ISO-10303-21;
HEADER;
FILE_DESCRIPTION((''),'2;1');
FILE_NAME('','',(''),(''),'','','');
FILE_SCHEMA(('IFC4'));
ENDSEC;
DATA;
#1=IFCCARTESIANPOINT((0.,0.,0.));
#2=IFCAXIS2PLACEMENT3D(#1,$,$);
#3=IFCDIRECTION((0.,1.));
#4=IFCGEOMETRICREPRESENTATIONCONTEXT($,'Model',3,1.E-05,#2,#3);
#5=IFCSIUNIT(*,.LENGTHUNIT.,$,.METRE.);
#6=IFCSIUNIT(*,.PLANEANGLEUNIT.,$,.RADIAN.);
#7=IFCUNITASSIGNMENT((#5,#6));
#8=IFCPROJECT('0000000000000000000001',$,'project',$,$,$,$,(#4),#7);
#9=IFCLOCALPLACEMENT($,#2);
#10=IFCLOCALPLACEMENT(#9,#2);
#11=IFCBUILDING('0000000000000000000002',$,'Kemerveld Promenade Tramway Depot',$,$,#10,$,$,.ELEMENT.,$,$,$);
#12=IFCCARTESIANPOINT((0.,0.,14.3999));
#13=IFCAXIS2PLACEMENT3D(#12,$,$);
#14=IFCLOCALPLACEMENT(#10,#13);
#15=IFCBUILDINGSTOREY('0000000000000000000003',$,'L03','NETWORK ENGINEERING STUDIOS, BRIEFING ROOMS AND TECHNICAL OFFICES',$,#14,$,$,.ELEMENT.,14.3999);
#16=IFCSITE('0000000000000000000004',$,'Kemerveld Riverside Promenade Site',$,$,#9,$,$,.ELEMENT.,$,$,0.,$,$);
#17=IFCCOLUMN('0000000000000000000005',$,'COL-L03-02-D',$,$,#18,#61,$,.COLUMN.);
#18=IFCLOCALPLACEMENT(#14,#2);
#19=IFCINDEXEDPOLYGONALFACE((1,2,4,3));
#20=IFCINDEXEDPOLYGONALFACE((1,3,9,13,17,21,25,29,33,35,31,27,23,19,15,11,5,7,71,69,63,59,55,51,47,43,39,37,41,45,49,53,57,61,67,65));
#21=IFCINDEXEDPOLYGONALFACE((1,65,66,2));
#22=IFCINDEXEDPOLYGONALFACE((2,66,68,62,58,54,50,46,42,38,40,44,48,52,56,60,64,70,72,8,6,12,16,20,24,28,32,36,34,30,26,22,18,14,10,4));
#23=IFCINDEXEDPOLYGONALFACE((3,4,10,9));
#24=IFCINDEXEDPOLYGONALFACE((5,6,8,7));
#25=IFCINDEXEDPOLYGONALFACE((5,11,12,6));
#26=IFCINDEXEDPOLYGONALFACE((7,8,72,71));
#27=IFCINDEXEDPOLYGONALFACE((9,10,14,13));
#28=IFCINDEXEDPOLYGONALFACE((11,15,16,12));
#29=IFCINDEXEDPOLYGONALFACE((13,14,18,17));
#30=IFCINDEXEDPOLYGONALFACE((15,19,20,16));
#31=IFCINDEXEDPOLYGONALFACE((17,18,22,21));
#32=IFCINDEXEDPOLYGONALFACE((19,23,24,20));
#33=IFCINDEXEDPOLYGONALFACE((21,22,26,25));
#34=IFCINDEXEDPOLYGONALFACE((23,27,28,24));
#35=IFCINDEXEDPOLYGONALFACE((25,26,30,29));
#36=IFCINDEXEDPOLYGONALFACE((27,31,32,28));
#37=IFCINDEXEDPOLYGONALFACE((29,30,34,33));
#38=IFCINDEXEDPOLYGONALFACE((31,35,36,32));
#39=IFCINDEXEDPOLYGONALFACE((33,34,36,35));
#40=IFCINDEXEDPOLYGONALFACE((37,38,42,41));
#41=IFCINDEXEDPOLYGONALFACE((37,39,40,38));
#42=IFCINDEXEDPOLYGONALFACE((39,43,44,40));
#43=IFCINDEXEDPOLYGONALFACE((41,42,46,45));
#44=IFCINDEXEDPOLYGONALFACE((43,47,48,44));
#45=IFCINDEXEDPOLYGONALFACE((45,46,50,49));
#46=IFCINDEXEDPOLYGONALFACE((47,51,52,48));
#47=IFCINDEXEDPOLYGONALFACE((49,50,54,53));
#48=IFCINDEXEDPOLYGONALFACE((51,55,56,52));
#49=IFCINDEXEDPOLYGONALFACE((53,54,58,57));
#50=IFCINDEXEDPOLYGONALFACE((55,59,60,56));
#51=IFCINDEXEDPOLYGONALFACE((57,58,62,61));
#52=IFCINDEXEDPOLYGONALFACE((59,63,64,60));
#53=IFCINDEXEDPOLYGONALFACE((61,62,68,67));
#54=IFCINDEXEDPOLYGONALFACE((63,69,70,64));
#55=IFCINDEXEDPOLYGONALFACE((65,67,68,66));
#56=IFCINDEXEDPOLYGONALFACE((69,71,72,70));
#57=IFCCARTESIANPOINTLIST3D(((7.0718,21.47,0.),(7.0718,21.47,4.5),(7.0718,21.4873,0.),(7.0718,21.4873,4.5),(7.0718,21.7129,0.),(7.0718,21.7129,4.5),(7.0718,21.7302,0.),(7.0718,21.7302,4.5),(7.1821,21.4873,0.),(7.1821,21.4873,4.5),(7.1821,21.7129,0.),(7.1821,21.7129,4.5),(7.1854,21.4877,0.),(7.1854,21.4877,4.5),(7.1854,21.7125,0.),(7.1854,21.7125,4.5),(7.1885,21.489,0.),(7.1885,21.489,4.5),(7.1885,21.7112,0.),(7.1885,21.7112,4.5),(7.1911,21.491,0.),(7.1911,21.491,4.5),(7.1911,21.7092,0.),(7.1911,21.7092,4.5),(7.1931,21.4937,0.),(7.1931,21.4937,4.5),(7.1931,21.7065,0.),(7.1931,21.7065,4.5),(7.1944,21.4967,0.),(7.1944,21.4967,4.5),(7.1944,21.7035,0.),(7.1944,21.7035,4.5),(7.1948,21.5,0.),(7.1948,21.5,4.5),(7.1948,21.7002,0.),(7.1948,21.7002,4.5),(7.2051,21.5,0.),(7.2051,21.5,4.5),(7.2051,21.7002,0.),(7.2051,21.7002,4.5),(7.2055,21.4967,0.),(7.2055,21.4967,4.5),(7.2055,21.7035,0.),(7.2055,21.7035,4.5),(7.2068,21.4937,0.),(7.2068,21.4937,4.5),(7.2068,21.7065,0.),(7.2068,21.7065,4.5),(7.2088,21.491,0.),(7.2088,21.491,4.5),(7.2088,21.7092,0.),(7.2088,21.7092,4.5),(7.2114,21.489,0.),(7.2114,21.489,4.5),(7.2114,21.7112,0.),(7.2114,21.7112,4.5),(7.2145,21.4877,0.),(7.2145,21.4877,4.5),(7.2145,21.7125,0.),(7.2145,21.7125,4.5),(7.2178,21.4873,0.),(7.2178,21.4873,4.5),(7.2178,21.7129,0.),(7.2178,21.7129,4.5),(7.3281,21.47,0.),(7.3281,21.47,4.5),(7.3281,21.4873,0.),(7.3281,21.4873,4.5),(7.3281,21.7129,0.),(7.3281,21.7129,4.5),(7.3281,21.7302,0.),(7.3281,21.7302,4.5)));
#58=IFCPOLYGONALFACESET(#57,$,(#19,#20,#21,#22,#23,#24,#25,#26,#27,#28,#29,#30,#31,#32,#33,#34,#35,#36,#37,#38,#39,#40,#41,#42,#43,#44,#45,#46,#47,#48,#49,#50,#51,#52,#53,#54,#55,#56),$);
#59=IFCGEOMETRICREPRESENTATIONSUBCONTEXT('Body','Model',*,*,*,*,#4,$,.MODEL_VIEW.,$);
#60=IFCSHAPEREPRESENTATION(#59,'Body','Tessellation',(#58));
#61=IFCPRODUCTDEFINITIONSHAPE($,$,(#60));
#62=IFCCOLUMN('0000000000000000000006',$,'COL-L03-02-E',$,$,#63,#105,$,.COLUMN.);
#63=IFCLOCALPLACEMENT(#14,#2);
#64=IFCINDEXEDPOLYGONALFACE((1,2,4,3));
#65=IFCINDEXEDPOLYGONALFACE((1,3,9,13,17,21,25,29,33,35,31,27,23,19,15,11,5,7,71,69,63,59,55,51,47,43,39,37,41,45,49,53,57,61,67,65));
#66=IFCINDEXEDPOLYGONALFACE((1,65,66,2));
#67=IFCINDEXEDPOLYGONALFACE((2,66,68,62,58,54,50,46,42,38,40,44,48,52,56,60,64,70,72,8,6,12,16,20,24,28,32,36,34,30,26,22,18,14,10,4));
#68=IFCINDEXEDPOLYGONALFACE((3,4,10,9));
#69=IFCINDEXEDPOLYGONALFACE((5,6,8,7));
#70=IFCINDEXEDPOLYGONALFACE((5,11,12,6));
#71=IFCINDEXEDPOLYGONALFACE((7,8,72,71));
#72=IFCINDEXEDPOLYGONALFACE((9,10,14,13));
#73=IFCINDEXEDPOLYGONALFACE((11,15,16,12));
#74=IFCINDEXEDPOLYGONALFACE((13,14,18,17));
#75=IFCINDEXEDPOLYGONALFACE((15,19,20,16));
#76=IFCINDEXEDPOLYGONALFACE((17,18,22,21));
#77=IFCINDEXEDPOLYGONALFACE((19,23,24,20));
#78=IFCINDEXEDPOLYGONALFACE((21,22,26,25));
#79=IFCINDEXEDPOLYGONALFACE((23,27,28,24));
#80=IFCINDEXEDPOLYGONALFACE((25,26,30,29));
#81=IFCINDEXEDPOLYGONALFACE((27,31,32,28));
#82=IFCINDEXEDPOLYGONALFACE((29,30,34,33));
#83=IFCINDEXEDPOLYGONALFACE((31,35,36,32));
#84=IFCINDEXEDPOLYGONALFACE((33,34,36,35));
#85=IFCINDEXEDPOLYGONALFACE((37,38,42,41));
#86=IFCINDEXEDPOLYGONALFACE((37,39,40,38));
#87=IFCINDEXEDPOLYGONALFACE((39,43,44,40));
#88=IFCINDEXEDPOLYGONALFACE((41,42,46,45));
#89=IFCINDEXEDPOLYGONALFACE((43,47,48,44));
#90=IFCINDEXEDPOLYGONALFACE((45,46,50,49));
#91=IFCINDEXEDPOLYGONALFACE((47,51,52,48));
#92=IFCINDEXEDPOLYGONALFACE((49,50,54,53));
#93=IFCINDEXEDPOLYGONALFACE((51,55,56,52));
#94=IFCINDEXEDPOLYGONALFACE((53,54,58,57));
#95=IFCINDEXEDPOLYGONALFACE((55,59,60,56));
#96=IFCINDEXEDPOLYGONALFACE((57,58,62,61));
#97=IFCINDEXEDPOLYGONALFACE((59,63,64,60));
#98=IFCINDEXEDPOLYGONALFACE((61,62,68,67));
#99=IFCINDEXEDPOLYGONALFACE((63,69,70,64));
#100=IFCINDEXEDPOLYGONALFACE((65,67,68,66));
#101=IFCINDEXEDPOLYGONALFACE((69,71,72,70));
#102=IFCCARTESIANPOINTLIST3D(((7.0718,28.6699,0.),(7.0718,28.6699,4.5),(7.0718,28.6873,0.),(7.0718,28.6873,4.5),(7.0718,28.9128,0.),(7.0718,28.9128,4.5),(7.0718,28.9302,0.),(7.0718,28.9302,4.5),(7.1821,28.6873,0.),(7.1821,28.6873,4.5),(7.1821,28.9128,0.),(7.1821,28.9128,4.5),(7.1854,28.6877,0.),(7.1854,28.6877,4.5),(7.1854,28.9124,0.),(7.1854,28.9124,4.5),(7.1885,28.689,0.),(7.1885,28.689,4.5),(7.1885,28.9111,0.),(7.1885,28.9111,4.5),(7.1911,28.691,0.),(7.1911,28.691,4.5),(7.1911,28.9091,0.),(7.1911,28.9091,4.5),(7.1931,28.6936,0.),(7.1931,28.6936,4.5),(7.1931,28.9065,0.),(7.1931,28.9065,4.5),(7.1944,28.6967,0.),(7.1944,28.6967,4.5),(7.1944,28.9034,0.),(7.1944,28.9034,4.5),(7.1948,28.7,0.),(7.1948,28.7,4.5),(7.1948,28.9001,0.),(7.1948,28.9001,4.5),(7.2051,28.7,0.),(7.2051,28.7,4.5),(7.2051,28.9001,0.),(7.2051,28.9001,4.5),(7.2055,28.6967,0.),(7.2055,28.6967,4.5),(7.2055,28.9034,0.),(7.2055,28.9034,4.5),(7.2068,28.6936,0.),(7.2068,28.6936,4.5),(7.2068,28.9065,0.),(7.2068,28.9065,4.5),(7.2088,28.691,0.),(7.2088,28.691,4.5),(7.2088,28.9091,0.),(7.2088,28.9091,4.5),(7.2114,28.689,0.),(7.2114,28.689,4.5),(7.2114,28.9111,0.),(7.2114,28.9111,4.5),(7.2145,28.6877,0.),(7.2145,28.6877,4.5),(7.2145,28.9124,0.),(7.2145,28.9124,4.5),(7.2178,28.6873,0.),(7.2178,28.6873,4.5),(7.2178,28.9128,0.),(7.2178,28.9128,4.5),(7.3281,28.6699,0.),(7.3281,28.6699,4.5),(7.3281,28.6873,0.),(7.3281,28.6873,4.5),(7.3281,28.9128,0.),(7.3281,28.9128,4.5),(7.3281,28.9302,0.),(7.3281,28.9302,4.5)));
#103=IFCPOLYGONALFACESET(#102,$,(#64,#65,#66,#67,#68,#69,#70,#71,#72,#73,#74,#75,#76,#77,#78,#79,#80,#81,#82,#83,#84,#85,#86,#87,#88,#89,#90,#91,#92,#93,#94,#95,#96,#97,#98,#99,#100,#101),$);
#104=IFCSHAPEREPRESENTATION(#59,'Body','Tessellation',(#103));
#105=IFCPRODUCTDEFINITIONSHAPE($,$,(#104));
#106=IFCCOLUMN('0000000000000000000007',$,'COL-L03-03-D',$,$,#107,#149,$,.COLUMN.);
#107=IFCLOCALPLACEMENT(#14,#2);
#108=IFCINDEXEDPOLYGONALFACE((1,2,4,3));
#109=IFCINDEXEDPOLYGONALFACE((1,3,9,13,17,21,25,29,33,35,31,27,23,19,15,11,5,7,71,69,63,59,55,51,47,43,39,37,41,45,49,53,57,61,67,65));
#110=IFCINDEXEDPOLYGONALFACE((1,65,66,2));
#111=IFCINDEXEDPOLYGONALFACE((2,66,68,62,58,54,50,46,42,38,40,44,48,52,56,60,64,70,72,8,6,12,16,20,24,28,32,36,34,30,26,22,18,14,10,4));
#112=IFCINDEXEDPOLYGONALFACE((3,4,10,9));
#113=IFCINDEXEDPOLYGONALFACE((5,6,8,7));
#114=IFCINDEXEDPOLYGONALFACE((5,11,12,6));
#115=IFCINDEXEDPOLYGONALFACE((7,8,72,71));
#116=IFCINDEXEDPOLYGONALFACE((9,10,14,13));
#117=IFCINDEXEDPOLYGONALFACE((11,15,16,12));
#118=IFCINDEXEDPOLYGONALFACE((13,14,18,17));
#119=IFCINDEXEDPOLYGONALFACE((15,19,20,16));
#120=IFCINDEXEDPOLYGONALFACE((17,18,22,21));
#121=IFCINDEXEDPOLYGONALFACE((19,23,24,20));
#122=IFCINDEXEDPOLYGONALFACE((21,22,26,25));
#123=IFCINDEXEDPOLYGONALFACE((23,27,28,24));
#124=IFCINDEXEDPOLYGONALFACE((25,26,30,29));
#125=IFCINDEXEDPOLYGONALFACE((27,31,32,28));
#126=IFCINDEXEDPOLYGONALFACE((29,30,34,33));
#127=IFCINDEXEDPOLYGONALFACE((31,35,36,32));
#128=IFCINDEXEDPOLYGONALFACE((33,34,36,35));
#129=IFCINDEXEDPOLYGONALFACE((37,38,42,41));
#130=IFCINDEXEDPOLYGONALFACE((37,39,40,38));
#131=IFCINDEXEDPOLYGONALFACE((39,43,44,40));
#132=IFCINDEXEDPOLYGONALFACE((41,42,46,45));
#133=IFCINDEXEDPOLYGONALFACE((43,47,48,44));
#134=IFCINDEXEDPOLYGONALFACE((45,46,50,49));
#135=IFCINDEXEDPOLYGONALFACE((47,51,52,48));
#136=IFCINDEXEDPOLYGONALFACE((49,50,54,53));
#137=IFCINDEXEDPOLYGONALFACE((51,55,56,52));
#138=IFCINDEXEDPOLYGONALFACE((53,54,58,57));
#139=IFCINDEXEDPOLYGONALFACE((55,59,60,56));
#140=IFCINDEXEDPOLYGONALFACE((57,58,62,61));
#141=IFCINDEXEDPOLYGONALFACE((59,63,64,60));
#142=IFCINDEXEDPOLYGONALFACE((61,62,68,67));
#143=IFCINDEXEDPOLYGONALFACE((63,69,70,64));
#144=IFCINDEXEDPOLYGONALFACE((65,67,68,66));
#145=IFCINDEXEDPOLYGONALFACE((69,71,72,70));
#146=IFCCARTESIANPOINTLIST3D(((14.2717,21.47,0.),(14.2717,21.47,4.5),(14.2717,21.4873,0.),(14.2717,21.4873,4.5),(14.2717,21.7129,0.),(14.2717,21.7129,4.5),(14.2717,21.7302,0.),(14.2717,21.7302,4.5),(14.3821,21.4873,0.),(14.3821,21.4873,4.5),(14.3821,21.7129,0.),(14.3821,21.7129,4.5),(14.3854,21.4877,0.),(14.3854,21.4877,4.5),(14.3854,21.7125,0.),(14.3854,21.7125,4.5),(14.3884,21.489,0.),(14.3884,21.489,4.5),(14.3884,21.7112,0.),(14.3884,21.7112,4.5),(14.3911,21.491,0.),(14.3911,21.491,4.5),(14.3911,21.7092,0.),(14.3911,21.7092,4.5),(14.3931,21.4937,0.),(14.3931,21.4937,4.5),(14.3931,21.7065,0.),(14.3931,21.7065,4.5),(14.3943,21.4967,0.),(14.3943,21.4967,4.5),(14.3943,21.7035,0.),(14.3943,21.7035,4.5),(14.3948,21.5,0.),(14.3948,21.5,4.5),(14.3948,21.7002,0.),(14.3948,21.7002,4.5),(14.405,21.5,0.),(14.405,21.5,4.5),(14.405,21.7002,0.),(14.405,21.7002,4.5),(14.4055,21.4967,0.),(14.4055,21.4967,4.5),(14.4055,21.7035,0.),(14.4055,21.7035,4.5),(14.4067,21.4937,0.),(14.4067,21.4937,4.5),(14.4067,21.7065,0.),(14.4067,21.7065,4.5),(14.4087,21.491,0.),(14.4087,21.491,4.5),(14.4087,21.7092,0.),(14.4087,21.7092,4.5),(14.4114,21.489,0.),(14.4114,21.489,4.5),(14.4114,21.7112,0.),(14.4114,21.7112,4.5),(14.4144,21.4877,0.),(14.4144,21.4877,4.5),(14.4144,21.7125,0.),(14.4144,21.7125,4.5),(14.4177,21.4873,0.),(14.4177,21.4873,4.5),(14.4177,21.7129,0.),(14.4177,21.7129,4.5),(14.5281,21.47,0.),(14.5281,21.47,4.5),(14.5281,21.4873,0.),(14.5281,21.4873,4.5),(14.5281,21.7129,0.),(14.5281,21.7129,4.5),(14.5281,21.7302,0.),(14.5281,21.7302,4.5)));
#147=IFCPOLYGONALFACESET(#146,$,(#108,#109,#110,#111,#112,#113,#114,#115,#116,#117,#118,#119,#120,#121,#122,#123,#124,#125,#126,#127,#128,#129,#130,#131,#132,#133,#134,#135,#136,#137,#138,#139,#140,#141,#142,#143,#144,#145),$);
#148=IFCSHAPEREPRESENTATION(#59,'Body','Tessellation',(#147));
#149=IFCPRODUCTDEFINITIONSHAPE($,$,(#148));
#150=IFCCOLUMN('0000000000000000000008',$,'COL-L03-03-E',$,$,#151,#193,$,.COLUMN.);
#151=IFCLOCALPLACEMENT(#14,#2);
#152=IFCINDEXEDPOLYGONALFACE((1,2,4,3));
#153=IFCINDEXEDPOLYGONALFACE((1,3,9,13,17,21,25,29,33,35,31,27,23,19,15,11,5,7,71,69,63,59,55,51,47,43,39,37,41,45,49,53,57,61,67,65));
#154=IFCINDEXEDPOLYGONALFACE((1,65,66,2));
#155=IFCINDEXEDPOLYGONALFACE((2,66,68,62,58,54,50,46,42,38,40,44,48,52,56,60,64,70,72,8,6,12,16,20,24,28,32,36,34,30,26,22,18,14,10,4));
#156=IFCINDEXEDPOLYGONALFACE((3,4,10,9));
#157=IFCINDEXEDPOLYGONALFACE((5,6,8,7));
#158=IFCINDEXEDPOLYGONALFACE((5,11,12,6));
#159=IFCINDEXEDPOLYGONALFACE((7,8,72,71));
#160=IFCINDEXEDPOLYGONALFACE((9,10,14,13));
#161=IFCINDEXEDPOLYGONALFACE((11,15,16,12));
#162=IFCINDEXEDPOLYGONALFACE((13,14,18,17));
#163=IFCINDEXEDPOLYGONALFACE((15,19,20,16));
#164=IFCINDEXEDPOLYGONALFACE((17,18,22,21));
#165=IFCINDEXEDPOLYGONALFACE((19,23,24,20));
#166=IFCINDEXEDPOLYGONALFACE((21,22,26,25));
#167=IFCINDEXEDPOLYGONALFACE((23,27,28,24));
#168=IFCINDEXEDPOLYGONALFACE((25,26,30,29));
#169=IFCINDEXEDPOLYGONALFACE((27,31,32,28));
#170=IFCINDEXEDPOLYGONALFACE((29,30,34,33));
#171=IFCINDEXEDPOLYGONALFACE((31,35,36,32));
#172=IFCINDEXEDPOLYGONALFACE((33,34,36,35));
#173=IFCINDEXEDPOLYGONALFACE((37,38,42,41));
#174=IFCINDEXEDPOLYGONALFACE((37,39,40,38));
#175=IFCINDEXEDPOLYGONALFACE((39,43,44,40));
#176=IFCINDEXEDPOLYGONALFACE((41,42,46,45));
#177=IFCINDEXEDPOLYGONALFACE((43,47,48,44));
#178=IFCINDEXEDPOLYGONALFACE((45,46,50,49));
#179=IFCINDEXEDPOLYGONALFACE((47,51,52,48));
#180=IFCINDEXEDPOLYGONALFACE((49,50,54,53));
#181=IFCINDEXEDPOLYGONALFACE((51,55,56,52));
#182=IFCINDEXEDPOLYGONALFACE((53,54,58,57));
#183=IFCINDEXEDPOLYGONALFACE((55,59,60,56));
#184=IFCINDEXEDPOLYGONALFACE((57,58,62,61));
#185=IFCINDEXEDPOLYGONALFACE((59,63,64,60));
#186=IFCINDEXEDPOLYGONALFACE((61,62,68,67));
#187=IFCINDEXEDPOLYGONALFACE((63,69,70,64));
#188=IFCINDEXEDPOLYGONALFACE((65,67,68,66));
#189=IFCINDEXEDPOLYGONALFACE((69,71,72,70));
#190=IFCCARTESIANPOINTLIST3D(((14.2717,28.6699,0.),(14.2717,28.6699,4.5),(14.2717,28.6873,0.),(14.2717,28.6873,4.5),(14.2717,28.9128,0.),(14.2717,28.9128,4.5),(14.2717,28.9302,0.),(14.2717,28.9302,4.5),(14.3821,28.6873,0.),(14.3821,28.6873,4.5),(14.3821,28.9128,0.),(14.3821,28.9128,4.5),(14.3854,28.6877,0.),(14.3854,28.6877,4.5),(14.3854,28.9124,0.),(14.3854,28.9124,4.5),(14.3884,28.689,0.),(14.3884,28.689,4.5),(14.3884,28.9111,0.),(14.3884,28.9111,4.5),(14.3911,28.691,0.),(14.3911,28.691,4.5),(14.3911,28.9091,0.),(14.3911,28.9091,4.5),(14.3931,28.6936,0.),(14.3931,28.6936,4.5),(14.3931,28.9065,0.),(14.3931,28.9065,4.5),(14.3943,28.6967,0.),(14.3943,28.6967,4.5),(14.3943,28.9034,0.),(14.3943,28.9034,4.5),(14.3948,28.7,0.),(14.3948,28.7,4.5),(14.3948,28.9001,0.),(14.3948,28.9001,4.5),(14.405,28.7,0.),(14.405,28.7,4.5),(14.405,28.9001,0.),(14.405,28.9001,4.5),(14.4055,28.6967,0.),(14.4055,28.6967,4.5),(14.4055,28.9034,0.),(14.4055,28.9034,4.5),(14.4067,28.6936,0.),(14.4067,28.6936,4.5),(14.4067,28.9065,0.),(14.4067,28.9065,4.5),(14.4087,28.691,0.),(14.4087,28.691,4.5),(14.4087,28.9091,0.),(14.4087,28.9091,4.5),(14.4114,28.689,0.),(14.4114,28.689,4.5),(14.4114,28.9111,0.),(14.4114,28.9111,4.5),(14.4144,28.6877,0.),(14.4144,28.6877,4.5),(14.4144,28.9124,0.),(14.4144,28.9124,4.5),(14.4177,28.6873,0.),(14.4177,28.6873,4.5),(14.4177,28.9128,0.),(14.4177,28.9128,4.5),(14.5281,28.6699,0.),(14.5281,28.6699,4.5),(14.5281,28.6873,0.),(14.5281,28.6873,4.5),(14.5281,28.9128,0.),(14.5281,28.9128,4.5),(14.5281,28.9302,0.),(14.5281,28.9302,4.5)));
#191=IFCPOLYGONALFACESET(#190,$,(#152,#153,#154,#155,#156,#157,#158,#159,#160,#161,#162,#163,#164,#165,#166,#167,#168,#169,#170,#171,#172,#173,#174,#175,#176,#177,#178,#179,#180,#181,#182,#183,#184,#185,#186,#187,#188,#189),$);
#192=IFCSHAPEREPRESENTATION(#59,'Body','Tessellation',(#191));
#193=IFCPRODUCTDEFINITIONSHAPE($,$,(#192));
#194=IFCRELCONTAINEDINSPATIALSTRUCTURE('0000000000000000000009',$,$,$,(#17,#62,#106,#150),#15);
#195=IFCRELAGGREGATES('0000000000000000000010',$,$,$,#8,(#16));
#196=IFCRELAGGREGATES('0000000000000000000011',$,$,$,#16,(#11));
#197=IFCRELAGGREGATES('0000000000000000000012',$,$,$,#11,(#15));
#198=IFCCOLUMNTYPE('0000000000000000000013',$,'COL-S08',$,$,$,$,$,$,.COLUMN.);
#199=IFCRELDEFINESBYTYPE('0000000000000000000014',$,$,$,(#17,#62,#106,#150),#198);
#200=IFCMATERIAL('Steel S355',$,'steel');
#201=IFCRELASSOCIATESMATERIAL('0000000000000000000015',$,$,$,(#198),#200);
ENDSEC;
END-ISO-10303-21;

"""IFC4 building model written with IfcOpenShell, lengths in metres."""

from ifc_helpers import new_model, si_unit, direction, frame, origin, origin_2d, place, context, subcontext, project, spatial, i_section, extrude, material, material_profile, profile_set, type_object, element, save


model = new_model("IFC4")

# Units and contexts
model_context = context("Model", 3, precision=1e-05, world=origin(), true_north=direction((0.0, 1.0)))
body_context = subcontext(model_context, "Body", "Model", "MODEL_VIEW")
ifc_project = project(units=[si_unit("LENGTHUNIT", "METRE"), si_unit("PLANEANGLEUNIT", "RADIAN")], contexts=[model_context])

# Site, building, storey
site_placement = place(None, origin())
site = spatial("IfcSite", under=ifc_project, at=site_placement, Name="Kemerveld Riverside Promenade Site", CompositionType="ELEMENT", RefElevation=0.0)
building_placement = place(site_placement, origin())
building = spatial("IfcBuilding", under=site, at=building_placement, Name="Kemerveld Promenade Tramway Depot", CompositionType="ELEMENT")
storey_placement = place(building_placement, frame((0.0, 0.0, 14.3999)))
storey = spatial("IfcBuildingStorey", under=building, at=storey_placement, Name="L03", Description="NETWORK ENGINEERING STUDIOS, BRIEFING ROOMS AND TECHNICAL OFFICES", CompositionType="ELEMENT", Elevation=14.3999)

# Columns
ifc_material_1 = material(Name="Steel S355", Category="steel")
ifc_material_profile_1 = material_profile(ifc_material_1, i_section(OverallWidth=0.2563, OverallDepth=0.2603, WebThickness=0.0103, FlangeThickness=0.0173, FilletRadius=0.0127, at=origin_2d()), Name="254x254x89 UC")
ifc_profile_set_1 = profile_set([ifc_material_profile_1], Name="Steel S355")
column_type = type_object("IfcColumnType", Name="COL-S08", PredefinedType="COLUMN", material=ifc_profile_set_1)
for number, where, z_axis, x_axis, name in (
    (1, (7.2, 21.6001, 0.0), (0.0, 0.0, 1.0), (1.0, 0.0, 0.0), "COL-L03-02-D"),
    (2, (7.2, 28.8, 0.0), (0.0, 0.0, 1.0), (1.0, 0.0, 0.0), "COL-L03-02-E"),
    (3, (14.3999, 21.6001, 0.0), (0.0, 0.0, 1.0), (1.0, 0.0, 0.0), "COL-L03-03-D"),
    (4, (14.3999, 28.8, 0.0), (0.0, 0.0, 1.0), (1.0, 0.0, 0.0), "COL-L03-03-E"),
):
    element("IfcColumn", number, at=place(storey_placement, frame(where, z_axis=z_axis, x_axis=x_axis)), inside=storey, type_object=column_type, Name=name, PredefinedType="COLUMN", context=body_context, shape_type="SweptSolid", body=[
        extrude(i_section(OverallWidth=0.2563, OverallDepth=0.2603, WebThickness=0.0103, FlangeThickness=0.0173, FilletRadius=0.0127, at=origin_2d()), origin(), (0.0, 0.0, 1.0), 4.5),
    ])

save(model, "model.ifc")
